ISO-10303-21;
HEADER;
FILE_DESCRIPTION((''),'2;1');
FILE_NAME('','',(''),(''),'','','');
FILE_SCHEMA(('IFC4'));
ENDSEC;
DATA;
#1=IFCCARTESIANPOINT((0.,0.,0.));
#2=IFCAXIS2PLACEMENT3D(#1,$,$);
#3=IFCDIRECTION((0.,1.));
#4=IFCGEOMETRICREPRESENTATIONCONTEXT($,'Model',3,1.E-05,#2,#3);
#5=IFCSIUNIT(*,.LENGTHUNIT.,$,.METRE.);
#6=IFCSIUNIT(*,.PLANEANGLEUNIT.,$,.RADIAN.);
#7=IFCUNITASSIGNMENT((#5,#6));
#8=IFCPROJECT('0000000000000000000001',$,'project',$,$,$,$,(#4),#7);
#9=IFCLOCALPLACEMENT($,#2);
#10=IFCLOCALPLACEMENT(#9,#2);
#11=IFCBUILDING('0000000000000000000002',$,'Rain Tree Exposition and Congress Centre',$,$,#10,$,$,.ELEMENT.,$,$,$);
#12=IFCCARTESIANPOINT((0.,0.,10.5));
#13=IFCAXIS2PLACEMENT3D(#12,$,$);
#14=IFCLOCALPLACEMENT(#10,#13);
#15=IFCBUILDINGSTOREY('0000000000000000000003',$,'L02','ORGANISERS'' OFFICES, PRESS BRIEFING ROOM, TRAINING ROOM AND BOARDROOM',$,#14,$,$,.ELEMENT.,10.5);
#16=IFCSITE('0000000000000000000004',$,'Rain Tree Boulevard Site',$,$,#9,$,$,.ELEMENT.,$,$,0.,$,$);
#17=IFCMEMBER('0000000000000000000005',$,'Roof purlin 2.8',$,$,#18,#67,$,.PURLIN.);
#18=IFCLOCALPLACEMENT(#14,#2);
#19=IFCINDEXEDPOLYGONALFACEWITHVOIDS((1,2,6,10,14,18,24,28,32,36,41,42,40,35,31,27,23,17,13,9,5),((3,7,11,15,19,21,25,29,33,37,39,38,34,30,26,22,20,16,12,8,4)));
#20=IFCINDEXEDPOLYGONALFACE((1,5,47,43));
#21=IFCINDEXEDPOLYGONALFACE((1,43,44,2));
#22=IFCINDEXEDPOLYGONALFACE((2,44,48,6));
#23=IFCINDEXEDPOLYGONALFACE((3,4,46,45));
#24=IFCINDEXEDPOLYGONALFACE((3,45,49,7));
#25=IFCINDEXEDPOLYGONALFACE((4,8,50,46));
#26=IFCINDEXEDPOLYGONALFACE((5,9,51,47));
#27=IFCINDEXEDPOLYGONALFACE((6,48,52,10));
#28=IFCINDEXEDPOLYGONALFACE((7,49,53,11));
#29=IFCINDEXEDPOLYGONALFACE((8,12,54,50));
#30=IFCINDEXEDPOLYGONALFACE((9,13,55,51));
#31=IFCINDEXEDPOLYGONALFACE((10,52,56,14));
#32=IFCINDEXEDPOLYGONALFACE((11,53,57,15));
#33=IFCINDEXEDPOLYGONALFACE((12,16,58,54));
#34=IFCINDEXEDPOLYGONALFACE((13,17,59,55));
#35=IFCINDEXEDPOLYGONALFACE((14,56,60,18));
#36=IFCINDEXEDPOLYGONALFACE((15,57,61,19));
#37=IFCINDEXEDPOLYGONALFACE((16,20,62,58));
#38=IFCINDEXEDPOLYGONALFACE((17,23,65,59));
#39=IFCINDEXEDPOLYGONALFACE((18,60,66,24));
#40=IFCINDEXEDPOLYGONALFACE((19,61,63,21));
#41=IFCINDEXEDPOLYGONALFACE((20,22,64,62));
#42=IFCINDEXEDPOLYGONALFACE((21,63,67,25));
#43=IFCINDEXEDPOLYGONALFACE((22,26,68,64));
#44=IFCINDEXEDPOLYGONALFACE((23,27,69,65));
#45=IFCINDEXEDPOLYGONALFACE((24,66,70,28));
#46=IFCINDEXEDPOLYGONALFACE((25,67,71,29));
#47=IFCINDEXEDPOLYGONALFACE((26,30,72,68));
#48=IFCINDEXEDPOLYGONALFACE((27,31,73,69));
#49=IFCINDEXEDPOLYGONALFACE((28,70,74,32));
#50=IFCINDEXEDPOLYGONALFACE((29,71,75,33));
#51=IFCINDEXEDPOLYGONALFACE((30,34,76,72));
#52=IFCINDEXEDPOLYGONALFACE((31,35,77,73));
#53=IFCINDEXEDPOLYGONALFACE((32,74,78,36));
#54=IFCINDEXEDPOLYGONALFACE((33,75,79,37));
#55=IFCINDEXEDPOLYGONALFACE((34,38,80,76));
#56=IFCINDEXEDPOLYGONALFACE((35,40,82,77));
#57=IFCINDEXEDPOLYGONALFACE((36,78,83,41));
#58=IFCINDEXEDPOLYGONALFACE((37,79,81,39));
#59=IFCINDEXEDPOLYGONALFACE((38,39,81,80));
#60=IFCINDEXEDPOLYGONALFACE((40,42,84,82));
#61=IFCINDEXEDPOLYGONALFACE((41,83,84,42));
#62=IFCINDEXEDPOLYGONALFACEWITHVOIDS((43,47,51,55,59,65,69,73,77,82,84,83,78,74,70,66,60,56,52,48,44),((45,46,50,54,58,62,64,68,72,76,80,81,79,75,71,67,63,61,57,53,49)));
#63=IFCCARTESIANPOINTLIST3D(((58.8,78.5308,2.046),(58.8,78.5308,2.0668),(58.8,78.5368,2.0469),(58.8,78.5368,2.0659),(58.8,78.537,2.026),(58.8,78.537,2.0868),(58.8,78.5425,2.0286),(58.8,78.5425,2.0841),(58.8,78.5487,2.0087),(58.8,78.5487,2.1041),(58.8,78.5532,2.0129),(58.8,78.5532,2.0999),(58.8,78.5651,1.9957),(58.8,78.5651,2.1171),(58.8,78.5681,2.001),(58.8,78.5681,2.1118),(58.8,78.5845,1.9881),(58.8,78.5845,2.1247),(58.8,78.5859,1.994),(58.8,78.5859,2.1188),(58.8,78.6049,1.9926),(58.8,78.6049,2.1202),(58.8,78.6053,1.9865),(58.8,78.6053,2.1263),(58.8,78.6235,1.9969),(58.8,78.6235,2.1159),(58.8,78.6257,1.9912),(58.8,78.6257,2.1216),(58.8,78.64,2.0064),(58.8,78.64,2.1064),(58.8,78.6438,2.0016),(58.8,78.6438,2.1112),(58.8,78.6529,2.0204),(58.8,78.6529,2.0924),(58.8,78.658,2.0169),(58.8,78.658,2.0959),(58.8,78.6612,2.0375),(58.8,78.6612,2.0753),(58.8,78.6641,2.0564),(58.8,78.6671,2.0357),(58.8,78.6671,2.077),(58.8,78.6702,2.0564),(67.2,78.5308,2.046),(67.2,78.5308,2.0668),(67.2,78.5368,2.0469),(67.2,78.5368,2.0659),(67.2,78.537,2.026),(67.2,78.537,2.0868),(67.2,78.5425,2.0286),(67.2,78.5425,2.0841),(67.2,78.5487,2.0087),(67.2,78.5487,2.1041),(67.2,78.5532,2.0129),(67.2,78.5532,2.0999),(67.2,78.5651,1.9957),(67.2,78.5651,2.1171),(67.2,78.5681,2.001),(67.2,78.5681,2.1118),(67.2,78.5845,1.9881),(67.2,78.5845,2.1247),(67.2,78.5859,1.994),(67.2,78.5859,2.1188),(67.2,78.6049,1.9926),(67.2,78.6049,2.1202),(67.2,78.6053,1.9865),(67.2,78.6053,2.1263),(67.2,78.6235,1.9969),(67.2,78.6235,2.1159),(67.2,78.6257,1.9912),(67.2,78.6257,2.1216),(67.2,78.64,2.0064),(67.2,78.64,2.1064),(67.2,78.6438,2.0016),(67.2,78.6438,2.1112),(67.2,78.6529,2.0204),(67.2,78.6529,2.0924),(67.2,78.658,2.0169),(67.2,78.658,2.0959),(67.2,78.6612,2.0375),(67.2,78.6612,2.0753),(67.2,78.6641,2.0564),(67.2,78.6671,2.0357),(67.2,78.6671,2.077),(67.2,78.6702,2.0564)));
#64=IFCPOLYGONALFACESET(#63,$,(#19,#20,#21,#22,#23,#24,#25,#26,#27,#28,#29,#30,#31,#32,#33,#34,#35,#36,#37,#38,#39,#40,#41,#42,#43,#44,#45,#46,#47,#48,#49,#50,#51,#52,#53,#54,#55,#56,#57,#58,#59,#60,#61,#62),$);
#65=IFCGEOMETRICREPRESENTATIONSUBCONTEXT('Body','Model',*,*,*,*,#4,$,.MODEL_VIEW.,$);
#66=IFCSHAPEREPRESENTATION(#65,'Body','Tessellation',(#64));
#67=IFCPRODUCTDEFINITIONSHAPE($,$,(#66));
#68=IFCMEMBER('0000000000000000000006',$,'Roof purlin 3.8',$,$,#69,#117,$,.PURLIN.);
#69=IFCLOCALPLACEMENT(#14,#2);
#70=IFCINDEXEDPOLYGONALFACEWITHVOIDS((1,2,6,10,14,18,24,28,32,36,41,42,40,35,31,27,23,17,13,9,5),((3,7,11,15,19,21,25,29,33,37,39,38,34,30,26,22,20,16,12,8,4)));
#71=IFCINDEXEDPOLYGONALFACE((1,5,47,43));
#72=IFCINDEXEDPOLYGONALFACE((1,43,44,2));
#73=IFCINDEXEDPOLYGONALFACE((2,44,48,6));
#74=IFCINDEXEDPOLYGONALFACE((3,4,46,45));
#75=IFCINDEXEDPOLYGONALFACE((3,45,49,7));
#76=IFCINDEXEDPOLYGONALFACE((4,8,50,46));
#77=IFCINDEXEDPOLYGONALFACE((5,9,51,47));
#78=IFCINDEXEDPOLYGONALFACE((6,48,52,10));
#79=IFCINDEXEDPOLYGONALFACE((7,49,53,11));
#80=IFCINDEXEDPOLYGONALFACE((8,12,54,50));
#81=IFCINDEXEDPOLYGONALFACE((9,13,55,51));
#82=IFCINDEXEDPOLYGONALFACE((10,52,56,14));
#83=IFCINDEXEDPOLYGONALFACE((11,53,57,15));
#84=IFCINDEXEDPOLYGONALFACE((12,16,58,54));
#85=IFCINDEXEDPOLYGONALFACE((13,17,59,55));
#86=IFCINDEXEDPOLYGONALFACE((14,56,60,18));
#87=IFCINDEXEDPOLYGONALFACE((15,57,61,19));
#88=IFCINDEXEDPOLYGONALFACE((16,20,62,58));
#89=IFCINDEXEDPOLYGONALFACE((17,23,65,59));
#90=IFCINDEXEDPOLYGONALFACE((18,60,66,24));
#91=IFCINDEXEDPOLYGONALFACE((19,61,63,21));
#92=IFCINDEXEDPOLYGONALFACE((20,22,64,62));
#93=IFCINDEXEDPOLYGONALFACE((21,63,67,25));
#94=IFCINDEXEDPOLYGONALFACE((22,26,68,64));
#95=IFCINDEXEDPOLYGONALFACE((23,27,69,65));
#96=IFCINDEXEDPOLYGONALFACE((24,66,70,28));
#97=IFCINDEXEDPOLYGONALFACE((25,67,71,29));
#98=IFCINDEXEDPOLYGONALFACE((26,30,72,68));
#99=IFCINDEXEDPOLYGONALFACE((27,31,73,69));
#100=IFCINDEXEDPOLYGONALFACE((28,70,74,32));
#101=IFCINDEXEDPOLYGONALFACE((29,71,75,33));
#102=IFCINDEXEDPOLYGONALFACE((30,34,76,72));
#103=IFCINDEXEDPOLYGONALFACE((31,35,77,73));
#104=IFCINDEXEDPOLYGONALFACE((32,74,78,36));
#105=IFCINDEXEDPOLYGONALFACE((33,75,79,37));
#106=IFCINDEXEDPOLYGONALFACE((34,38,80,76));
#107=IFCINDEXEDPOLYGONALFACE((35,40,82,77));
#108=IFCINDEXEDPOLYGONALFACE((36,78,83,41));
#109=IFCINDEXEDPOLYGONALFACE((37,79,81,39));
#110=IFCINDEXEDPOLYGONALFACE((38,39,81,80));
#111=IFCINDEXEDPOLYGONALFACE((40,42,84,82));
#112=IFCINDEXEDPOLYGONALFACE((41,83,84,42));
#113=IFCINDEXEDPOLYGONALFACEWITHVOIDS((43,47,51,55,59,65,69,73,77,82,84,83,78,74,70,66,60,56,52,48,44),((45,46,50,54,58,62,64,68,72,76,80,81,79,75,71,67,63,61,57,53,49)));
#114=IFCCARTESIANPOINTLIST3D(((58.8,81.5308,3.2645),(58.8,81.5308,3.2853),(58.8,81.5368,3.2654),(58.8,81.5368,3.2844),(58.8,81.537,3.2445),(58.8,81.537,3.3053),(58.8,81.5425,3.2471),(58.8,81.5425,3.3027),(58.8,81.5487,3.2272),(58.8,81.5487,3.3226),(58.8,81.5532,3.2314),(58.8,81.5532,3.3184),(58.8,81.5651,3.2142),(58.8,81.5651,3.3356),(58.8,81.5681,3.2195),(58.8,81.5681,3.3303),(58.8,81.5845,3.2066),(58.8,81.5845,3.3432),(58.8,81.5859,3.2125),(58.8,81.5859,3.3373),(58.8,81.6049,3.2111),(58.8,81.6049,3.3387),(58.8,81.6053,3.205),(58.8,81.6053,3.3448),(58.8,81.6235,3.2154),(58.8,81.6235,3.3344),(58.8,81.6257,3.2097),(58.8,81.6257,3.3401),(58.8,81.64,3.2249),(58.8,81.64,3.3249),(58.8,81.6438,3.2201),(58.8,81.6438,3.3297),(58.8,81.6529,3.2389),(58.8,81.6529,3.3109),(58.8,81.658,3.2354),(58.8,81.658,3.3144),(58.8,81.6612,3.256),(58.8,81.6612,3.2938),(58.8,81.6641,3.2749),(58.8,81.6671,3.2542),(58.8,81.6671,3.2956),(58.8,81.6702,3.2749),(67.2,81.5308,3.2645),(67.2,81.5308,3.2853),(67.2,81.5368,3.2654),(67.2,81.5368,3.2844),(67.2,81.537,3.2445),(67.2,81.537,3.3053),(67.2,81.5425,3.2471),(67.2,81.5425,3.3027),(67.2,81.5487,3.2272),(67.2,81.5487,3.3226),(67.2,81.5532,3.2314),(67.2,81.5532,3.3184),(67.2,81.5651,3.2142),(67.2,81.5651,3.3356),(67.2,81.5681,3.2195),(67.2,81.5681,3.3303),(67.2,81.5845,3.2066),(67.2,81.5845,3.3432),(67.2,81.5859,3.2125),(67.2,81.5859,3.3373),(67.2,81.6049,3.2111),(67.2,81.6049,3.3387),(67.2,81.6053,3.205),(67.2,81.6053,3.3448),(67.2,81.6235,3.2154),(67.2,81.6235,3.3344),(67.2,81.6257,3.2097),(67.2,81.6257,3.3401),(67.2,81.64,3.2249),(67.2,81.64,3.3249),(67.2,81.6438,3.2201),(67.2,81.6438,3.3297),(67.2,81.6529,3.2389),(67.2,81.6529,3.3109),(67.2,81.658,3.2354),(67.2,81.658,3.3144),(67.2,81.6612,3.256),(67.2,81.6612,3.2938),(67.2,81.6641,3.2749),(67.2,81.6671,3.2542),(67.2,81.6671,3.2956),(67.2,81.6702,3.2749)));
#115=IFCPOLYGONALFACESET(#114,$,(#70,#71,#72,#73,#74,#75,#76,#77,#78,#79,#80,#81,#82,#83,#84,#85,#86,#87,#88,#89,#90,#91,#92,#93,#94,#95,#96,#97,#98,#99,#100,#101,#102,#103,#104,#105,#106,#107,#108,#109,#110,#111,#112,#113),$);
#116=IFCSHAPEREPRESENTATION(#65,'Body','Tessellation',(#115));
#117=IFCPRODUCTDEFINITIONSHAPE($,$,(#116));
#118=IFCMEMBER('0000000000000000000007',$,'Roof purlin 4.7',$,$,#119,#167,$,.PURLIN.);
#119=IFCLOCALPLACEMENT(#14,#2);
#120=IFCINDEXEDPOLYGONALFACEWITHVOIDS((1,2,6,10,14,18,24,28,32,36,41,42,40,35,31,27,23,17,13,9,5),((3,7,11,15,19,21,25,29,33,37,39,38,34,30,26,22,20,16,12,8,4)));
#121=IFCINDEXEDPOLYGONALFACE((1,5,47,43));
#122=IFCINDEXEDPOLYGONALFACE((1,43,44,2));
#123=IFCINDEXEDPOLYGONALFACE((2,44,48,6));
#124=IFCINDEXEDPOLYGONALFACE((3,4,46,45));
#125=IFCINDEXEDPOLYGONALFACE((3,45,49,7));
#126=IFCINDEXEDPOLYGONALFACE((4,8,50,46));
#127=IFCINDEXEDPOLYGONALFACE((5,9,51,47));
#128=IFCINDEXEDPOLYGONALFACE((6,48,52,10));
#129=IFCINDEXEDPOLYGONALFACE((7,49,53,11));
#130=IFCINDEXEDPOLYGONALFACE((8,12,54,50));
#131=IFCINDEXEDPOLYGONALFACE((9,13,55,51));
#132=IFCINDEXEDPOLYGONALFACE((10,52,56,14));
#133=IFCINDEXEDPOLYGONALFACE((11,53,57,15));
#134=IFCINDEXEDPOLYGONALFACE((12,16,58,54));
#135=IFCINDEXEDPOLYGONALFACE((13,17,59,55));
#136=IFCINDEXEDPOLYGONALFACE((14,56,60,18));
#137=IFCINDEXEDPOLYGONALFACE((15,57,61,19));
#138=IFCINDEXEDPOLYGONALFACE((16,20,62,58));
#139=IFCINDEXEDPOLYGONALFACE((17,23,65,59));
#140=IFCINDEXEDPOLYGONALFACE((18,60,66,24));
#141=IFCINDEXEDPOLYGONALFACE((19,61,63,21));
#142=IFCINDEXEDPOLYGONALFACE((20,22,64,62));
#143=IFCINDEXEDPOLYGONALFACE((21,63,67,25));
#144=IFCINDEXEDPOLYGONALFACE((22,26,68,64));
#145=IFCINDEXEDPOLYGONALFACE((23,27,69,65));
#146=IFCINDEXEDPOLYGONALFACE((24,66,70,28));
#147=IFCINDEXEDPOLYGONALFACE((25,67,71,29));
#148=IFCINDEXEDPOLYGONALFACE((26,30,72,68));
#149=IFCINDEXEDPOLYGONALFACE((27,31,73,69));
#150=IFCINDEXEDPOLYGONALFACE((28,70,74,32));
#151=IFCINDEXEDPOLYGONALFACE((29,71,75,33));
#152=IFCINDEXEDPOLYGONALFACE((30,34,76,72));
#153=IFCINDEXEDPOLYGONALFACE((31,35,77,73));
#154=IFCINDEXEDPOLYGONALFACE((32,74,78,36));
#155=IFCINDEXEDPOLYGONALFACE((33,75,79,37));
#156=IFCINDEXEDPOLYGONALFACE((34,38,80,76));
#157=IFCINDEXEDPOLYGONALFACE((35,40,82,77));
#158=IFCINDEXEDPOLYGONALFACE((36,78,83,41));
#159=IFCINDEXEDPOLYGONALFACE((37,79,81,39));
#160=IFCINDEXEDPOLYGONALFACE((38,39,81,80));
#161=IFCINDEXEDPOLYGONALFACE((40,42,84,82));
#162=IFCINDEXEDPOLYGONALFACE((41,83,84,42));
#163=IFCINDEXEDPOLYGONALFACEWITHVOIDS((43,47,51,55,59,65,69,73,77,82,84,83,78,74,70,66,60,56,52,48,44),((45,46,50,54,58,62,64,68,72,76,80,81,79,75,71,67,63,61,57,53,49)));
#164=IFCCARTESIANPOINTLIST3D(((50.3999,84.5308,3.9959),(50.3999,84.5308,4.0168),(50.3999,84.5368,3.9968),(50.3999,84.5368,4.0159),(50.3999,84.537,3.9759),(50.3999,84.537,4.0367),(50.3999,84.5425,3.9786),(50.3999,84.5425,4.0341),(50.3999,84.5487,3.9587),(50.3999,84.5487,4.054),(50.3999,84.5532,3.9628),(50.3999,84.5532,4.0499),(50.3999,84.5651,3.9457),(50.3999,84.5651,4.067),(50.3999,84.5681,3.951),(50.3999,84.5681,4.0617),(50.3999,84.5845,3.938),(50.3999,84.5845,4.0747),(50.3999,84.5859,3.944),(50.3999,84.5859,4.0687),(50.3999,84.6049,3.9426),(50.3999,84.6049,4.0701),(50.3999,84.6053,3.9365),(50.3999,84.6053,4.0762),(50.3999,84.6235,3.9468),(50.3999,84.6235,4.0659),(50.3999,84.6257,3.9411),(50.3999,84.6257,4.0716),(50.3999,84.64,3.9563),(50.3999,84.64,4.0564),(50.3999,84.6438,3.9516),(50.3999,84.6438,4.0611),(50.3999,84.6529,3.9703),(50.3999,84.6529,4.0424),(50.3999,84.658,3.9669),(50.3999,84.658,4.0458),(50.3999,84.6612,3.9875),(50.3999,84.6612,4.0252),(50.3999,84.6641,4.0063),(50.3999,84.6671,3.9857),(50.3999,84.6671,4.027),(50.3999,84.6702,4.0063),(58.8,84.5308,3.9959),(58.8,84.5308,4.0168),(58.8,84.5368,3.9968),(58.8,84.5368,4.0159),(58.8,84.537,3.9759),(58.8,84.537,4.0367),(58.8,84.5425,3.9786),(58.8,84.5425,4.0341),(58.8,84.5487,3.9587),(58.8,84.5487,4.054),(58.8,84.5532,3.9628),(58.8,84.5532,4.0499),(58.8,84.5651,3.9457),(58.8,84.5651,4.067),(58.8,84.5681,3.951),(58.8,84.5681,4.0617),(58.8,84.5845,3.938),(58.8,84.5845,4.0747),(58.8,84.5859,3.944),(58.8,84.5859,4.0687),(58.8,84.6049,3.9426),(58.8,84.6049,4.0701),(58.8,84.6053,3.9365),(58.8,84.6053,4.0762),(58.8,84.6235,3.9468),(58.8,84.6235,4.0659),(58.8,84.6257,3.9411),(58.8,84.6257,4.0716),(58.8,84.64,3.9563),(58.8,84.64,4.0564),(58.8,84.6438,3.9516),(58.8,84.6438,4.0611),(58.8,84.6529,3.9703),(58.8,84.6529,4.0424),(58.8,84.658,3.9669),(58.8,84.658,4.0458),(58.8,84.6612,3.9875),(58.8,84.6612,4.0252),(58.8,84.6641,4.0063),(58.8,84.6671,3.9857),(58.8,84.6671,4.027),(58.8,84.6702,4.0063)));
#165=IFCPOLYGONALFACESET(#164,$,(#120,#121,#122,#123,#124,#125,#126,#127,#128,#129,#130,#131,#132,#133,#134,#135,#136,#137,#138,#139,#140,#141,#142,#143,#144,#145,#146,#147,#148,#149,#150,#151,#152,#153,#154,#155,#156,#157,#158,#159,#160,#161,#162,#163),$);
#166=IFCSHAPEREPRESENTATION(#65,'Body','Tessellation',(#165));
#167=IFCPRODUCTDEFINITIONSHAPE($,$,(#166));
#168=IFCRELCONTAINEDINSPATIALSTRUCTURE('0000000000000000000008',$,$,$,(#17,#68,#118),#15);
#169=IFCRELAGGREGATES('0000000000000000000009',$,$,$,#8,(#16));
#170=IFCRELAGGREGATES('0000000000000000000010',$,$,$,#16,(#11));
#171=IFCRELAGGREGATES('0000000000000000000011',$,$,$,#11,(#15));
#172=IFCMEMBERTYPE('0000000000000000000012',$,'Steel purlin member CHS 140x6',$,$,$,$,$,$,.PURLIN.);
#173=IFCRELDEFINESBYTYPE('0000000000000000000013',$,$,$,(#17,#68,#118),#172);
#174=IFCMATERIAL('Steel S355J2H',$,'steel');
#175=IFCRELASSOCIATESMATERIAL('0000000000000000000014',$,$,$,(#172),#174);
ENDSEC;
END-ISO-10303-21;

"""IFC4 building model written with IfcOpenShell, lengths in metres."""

from ifc_helpers import new_model, si_unit, direction, frame, origin, origin_2d, place, context, subcontext, project, spatial, hollow_circle, extrude, material, material_profile, profile_set, type_object, element, save


model = new_model("IFC4")

# Units and contexts
model_context = context("Model", 3, precision=1e-05, world=origin(), true_north=direction((0.0, 1.0)))
body_context = subcontext(model_context, "Body", "Model", "MODEL_VIEW")
ifc_project = project(units=[si_unit("LENGTHUNIT", "METRE"), si_unit("PLANEANGLEUNIT", "RADIAN")], contexts=[model_context])

# Site, building, storey
site_placement = place(None, origin())
site = spatial("IfcSite", under=ifc_project, at=site_placement, Name="Rain Tree Boulevard Site", CompositionType="ELEMENT", RefElevation=0.0)
building_placement = place(site_placement, origin())
building = spatial("IfcBuilding", under=site, at=building_placement, Name="Rain Tree Exposition and Congress Centre", CompositionType="ELEMENT")
storey_placement = place(building_placement, frame((0.0, 0.0, 10.5)))
storey = spatial("IfcBuildingStorey", under=building, at=storey_placement, Name="L02", Description="ORGANISERS' OFFICES, PRESS BRIEFING ROOM, TRAINING ROOM AND BOARDROOM", CompositionType="ELEMENT", Elevation=10.5)

# Members
ifc_material_1 = material(Name="Steel S355J2H", Category="steel")
ifc_material_profile_1 = material_profile(ifc_material_1, hollow_circle(Radius=0.0701, WallThickness=0.0061, at=origin_2d()), Name="CHS 140x6")
ifc_profile_set_1 = profile_set([ifc_material_profile_1], Name="Steel S355J2H")
member_type_1 = type_object("IfcMemberType", Name="Steel purlin member CHS 140x6", PredefinedType="PURLIN", material=ifc_profile_set_1)
for number, where, z_axis, x_axis, name in (
    (1, (58.8, 78.6001, 2.0564), (1.0, 0.0, 0.0), (0.0, 1.0, 0.0), "Roof purlin 2.8"),
    (2, (58.8, 81.6001, 3.2749), (1.0, 0.0, 0.0), (0.0, 1.0, 0.0), "Roof purlin 3.8"),
):
    element("IfcMember", number, at=place(storey_placement, frame(where, z_axis=z_axis, x_axis=x_axis)), inside=storey, type_object=member_type_1, Name=name, PredefinedType="PURLIN", context=body_context, shape_type="SweptSolid", body=[
        extrude(hollow_circle(Radius=0.0701, WallThickness=0.0061, at=origin_2d()), origin(), (0.0, 0.0, 1.0), 8.3999),
    ])
member_1_placement = place(storey_placement, frame((50.3999, 84.6001, 4.0063), z_axis=(1.0, 0.0, 0.0), x_axis=(0.0, 1.0, 0.0)))
element("IfcMember", 3, at=member_1_placement, inside=storey, type_object=member_type_1, Name="Roof purlin 4.7", PredefinedType="PURLIN", context=body_context, shape_type="SweptSolid", body=[
    extrude(hollow_circle(Radius=0.0701, WallThickness=0.0061, at=origin_2d()), origin(), (0.0, 0.0, 1.0), 8.4001),
])

save(model, "model.ifc")
